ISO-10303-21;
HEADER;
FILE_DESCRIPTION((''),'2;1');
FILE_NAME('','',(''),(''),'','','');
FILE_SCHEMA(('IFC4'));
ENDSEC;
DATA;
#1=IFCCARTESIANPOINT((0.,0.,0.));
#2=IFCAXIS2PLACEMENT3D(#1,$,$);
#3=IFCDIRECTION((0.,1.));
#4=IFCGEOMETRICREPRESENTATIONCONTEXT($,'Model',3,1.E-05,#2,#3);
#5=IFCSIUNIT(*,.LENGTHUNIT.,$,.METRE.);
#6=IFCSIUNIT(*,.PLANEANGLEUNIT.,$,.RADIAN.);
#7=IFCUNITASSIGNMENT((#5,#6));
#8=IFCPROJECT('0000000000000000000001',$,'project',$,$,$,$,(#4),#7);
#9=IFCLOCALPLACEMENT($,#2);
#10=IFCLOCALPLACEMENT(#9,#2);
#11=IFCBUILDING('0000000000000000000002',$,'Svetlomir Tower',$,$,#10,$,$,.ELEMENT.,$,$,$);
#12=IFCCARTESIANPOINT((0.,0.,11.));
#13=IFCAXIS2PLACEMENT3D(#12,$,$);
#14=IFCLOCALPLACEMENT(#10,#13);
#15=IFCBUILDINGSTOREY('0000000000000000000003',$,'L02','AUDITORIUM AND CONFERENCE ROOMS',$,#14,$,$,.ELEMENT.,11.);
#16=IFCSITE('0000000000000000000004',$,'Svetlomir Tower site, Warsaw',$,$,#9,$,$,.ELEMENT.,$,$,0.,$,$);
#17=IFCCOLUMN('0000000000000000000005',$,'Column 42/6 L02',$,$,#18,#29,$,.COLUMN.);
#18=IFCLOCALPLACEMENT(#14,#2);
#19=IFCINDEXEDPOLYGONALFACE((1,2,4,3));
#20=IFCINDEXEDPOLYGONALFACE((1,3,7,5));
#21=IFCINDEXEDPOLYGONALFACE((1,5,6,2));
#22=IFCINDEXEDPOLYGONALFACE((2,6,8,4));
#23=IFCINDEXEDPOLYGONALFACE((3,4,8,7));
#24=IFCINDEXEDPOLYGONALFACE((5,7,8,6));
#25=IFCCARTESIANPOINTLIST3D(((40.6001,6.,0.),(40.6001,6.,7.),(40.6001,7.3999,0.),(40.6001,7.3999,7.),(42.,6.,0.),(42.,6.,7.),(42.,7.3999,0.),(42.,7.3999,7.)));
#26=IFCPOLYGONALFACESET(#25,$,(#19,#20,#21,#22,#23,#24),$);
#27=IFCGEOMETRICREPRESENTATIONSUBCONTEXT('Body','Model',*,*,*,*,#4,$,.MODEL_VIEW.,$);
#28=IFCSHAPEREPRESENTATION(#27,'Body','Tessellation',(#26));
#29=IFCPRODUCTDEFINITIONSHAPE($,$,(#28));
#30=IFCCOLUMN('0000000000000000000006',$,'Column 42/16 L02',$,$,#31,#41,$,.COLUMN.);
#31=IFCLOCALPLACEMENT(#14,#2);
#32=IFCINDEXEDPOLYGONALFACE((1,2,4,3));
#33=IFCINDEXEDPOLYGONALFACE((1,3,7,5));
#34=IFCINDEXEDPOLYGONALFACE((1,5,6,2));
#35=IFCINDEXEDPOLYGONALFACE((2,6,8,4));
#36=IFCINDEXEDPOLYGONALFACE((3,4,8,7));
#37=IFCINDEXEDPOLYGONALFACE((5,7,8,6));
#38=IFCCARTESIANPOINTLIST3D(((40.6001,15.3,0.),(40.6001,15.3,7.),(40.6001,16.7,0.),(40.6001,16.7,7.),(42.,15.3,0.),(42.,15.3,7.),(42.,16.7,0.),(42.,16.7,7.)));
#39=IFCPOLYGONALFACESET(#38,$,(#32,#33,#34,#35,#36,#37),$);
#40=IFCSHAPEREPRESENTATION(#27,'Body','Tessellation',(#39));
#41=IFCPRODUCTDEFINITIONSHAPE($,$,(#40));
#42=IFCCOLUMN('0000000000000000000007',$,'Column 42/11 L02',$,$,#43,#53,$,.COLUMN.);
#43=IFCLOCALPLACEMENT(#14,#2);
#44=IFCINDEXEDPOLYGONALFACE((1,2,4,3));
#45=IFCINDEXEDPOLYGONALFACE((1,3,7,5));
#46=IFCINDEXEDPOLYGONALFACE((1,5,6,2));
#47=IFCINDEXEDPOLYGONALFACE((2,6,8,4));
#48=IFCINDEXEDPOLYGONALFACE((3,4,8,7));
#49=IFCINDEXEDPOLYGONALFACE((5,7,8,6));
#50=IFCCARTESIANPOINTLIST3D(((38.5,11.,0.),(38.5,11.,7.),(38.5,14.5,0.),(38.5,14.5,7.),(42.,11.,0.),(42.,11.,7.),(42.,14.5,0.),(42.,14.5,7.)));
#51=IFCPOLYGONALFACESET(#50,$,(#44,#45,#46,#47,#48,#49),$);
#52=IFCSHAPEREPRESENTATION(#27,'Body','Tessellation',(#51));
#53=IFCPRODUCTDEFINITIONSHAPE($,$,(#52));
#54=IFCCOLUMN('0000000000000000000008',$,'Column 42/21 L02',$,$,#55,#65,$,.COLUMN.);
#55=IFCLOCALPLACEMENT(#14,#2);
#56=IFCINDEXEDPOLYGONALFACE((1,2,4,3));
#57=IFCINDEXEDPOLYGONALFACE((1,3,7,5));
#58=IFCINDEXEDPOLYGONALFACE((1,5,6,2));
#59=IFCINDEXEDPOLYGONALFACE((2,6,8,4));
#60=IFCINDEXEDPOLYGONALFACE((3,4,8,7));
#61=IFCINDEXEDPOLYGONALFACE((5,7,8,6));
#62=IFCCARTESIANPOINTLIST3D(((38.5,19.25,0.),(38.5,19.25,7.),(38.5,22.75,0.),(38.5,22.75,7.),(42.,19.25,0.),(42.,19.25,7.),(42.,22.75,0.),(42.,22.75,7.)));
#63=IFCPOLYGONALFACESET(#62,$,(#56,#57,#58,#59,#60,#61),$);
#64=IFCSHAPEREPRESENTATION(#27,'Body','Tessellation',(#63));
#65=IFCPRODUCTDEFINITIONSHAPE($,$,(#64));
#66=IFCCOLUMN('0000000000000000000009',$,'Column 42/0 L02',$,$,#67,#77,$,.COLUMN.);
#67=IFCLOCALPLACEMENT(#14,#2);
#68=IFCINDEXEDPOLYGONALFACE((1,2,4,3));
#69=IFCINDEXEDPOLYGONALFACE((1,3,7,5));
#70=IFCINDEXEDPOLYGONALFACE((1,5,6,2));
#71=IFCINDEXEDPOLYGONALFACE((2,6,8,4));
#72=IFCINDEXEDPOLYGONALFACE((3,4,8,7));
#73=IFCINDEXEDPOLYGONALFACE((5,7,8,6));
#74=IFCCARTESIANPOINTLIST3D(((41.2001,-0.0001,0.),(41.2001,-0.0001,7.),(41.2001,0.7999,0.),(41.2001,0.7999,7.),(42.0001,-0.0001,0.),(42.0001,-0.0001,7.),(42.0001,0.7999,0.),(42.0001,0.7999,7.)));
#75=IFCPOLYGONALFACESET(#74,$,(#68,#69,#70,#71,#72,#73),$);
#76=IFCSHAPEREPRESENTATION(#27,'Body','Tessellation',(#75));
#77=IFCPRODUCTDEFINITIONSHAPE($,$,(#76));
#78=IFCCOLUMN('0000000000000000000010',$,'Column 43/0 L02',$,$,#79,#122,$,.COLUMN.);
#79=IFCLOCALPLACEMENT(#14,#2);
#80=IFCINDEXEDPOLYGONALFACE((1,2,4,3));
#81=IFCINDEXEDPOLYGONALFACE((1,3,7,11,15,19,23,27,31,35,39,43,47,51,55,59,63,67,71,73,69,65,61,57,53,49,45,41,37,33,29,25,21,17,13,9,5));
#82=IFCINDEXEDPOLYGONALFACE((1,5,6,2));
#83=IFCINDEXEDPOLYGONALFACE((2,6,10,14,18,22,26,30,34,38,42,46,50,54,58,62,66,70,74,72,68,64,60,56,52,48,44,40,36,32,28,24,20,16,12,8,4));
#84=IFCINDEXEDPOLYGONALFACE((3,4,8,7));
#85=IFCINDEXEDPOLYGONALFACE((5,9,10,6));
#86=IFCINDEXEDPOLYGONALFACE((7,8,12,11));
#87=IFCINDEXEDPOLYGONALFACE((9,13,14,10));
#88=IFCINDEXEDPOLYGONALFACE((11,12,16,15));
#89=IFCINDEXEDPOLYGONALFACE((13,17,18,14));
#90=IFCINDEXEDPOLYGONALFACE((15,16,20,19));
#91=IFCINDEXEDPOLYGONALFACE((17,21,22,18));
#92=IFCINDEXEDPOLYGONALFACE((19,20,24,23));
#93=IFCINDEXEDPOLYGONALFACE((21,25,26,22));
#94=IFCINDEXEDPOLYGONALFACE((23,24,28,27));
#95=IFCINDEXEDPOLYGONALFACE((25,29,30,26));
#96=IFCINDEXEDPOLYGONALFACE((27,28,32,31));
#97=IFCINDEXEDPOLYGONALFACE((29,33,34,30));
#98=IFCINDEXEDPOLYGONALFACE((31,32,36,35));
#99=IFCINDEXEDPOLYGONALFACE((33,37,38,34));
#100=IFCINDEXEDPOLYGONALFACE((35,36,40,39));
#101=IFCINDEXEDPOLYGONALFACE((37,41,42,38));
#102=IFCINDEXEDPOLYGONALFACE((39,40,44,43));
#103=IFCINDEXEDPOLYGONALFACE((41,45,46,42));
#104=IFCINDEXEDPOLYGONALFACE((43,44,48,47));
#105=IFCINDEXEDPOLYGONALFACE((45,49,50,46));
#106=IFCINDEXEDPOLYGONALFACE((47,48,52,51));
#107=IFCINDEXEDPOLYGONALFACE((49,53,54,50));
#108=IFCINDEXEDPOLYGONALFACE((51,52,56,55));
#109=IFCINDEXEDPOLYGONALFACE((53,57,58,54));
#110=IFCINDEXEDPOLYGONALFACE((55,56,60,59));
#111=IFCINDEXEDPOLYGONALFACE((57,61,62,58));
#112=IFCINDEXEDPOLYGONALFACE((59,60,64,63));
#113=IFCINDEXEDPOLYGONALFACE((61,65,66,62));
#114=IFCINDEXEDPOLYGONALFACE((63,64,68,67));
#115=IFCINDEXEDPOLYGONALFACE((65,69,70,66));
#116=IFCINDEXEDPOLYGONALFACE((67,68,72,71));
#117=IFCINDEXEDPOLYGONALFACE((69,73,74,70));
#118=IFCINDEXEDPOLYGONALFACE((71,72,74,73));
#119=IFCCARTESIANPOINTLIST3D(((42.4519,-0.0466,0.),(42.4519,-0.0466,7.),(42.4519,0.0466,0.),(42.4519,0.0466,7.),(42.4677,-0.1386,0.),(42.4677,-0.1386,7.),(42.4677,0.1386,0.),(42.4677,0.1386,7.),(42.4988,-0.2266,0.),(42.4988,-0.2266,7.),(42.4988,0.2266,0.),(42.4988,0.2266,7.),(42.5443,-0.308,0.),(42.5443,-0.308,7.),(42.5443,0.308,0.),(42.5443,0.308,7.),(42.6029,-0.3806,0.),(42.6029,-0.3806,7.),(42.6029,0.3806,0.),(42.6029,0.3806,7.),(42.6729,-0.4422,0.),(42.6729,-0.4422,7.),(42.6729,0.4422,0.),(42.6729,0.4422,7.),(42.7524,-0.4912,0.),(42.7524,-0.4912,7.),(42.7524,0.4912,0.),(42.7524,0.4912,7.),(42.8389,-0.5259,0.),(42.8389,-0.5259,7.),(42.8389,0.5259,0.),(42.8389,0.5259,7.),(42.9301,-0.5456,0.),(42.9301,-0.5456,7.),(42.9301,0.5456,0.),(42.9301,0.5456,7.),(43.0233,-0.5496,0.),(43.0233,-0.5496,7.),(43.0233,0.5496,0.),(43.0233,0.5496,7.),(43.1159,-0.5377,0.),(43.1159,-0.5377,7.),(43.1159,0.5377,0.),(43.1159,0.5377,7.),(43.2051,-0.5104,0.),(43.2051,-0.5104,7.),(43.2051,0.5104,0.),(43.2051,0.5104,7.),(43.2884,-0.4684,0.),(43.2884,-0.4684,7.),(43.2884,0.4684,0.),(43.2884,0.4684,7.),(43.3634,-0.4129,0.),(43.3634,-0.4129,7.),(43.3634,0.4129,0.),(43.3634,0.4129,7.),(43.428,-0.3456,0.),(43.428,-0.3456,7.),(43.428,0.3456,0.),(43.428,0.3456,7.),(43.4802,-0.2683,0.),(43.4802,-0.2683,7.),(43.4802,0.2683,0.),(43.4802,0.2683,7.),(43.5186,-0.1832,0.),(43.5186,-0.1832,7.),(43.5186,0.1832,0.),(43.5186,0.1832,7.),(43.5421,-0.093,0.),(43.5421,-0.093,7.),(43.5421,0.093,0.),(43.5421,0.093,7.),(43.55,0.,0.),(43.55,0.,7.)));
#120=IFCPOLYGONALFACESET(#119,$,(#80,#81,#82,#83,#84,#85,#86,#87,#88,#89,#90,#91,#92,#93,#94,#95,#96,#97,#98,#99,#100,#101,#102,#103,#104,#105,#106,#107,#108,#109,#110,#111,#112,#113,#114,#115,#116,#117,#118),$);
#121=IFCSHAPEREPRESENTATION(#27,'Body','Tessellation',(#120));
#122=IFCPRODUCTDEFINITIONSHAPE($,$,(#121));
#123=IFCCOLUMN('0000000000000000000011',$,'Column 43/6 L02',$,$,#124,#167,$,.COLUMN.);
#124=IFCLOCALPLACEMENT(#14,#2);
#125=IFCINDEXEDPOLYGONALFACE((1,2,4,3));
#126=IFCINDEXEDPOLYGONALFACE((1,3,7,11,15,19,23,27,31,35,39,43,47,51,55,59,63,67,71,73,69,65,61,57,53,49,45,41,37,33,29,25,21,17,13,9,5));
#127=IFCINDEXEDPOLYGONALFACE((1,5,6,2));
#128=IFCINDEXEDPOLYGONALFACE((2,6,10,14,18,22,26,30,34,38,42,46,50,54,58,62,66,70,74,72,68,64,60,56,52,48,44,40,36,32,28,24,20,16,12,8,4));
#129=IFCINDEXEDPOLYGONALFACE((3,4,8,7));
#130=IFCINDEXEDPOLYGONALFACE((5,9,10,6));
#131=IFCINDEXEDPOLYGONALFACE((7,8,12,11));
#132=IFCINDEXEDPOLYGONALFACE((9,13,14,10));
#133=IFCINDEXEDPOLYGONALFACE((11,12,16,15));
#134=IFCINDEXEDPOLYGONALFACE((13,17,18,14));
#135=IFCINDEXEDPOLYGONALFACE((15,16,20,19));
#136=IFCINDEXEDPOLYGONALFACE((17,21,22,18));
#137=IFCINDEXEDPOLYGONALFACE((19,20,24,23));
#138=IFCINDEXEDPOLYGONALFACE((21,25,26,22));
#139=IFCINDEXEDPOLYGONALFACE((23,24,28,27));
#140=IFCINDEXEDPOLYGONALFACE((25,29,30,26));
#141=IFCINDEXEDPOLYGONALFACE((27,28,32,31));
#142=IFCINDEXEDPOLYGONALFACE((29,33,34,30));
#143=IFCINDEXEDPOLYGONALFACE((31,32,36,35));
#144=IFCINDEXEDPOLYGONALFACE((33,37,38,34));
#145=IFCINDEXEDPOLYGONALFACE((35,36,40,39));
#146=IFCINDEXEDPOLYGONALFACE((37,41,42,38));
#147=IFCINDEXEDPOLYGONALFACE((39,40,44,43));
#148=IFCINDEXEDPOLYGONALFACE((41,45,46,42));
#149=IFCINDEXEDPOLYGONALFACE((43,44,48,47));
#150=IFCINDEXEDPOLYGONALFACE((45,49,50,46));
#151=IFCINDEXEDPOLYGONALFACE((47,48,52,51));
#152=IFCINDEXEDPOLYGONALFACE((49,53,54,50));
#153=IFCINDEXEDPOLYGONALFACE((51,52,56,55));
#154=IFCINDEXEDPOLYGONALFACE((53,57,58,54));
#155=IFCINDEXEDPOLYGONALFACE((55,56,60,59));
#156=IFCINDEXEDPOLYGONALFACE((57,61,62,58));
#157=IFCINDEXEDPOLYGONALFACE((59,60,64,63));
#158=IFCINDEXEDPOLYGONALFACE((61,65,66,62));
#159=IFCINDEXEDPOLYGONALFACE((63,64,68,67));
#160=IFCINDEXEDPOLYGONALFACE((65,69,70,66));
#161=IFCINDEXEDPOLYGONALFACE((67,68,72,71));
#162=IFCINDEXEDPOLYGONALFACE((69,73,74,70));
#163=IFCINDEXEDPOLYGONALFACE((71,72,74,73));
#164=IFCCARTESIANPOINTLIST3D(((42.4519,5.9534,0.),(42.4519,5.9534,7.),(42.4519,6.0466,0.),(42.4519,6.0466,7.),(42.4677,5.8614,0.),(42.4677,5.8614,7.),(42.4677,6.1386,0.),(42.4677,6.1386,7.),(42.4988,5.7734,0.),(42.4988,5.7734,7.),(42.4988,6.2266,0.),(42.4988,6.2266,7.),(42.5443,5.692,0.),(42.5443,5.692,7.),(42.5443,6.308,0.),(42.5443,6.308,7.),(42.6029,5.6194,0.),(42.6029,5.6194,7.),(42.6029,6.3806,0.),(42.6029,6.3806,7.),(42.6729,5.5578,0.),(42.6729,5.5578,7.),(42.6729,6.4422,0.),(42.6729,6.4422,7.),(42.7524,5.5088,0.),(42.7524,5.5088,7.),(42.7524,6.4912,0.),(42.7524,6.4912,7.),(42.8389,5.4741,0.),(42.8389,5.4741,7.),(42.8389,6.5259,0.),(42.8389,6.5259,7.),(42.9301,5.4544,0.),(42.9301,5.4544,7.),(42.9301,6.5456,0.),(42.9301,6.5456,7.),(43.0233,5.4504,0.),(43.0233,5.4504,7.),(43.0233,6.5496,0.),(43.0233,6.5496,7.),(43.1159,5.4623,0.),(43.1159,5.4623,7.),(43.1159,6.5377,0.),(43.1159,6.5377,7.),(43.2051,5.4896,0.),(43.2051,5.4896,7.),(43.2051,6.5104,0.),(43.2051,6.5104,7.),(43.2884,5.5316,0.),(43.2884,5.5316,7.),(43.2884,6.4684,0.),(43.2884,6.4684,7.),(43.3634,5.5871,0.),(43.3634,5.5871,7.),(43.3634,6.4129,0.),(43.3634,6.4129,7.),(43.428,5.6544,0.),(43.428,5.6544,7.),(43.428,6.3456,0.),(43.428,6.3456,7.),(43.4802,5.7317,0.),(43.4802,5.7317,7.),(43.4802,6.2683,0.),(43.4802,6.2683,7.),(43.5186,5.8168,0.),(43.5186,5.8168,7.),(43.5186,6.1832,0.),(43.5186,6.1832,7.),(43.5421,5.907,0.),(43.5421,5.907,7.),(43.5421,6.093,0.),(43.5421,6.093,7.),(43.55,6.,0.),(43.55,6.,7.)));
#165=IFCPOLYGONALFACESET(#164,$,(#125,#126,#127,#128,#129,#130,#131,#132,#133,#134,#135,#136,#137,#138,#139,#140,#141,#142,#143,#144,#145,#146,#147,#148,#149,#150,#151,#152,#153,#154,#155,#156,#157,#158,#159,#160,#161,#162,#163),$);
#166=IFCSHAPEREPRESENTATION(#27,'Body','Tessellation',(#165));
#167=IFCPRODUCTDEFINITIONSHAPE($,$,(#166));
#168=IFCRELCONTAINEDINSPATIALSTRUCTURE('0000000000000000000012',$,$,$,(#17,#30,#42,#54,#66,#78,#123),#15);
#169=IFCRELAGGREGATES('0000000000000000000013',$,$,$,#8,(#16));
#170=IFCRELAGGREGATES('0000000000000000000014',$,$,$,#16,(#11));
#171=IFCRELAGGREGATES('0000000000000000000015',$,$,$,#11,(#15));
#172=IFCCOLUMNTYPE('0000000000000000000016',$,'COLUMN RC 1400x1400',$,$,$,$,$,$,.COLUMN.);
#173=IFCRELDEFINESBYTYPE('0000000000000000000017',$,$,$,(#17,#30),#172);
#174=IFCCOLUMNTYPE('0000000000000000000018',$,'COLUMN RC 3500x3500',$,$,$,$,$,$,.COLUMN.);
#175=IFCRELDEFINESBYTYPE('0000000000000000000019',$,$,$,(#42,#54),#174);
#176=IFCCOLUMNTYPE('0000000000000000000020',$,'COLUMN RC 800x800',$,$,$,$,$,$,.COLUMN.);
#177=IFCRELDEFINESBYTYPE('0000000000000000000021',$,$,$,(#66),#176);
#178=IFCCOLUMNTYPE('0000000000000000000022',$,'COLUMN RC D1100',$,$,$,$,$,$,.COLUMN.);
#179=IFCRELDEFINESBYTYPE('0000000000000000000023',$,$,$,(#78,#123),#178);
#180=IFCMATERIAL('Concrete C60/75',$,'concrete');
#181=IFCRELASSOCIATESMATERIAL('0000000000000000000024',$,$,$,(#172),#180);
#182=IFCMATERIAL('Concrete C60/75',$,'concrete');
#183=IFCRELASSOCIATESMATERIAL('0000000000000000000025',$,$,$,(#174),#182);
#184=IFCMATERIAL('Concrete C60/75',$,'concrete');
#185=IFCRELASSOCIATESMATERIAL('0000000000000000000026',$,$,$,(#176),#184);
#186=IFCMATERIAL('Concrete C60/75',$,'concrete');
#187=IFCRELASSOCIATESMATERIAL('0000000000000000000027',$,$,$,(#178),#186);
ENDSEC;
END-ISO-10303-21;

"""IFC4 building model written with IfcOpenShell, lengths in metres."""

from ifc_helpers import new_model, si_unit, direction, frame, origin, origin_2d, place, context, subcontext, project, spatial, rectangle, circle, extrude, material, material_profile, profile_set, type_object, element, save


model = new_model("IFC4")

# Units and contexts
model_context = context("Model", 3, precision=1e-05, world=origin(), true_north=direction((0.0, 1.0)))
body_context = subcontext(model_context, "Body", "Model", "MODEL_VIEW")
ifc_project = project(units=[si_unit("LENGTHUNIT", "METRE"), si_unit("PLANEANGLEUNIT", "RADIAN")], contexts=[model_context])

# Site, building, storey
site_placement = place(None, origin())
site = spatial("IfcSite", under=ifc_project, at=site_placement, Name="Svetlomir Tower site, Warsaw", CompositionType="ELEMENT", RefElevation=0.0)
building_placement = place(site_placement, origin())
building = spatial("IfcBuilding", under=site, at=building_placement, Name="Svetlomir Tower", CompositionType="ELEMENT")
storey_placement = place(building_placement, frame((0.0, 0.0, 11.0)))
storey = spatial("IfcBuildingStorey", under=building, at=storey_placement, Name="L02", Description="AUDITORIUM AND CONFERENCE ROOMS", CompositionType="ELEMENT", Elevation=11.0)

# Columns
ifc_material_1 = material(Name="Concrete C60/75", Category="concrete")
ifc_material_profile_1 = material_profile(ifc_material_1, rectangle(XDim=1.3999, YDim=1.3999, at=origin_2d()), Name="RC 1400x1400")
ifc_profile_set_1 = profile_set([ifc_material_profile_1], Name="Concrete C60/75")
column_type_1 = type_object("IfcColumnType", Name="COLUMN RC 1400x1400", PredefinedType="COLUMN", material=ifc_profile_set_1)
for number, where, z_axis, x_axis, name in (
    (1, (41.3, 6.7, 0.0), (0.0, 0.0, 1.0), (1.0, 0.0, 0.0), "Column 42/6 L02"),
    (2, (41.3, 16.0, 0.0), (0.0, 0.0, 1.0), (1.0, 0.0, 0.0), "Column 42/16 L02"),
):
    element("IfcColumn", number, at=place(storey_placement, frame(where, z_axis=z_axis, x_axis=x_axis)), inside=storey, type_object=column_type_1, Name=name, PredefinedType="COLUMN", context=body_context, shape_type="SweptSolid", body=[
        extrude(rectangle(XDim=1.3999, YDim=1.3999, at=origin_2d()), origin(), (0.0, 0.0, 1.0), 7.0),
    ])
ifc_material_2 = material(Name="Concrete C60/75", Category="concrete")
ifc_material_profile_2 = material_profile(ifc_material_2, rectangle(XDim=3.5, YDim=3.5, at=origin_2d()), Name="RC 3500x3500")
ifc_profile_set_2 = profile_set([ifc_material_profile_2], Name="Concrete C60/75")
column_type_2 = type_object("IfcColumnType", Name="COLUMN RC 3500x3500", PredefinedType="COLUMN", material=ifc_profile_set_2)
for number, where, z_axis, x_axis, name in (
    (3, (40.25, 12.75, 0.0), (0.0, 0.0, 1.0), (1.0, 0.0, 0.0), "Column 42/11 L02"),
    (4, (40.25, 21.0, 0.0), (0.0, 0.0, 1.0), (1.0, 0.0, 0.0), "Column 42/21 L02"),
):
    element("IfcColumn", number, at=place(storey_placement, frame(where, z_axis=z_axis, x_axis=x_axis)), inside=storey, type_object=column_type_2, Name=name, PredefinedType="COLUMN", context=body_context, shape_type="SweptSolid", body=[
        extrude(rectangle(XDim=3.5, YDim=3.5, at=origin_2d()), origin(), (0.0, 0.0, 1.0), 7.0),
    ])
ifc_material_3 = material(Name="Concrete C60/75", Category="concrete")
ifc_material_profile_3 = material_profile(ifc_material_3, rectangle(XDim=0.8, YDim=0.8, at=origin_2d()), Name="RC 800x800")
ifc_profile_set_3 = profile_set([ifc_material_profile_3], Name="Concrete C60/75")
column_type_3 = type_object("IfcColumnType", Name="COLUMN RC 800x800", PredefinedType="COLUMN", material=ifc_profile_set_3)
column_placement = place(storey_placement, frame((41.6001, 0.3999, 0.0), z_axis=(0.0, 0.0, 1.0), x_axis=(1.0, 0.0, 0.0)))
element("IfcColumn", 5, at=column_placement, inside=storey, type_object=column_type_3, Name="Column 42/0 L02", PredefinedType="COLUMN", context=body_context, shape_type="SweptSolid", body=[
    extrude(rectangle(XDim=0.8, YDim=0.8, at=origin_2d()), origin(), (0.0, 0.0, 1.0), 7.0),
])
ifc_material_4 = material(Name="Concrete C60/75", Category="concrete")
ifc_material_profile_4 = material_profile(ifc_material_4, circle(Radius=0.55, at=origin_2d()), Name="RC D1100")
ifc_profile_set_4 = profile_set([ifc_material_profile_4], Name="Concrete C60/75")
column_type_4 = type_object("IfcColumnType", Name="COLUMN RC D1100", PredefinedType="COLUMN", material=ifc_profile_set_4)
for number, where, z_axis, x_axis, name in (
    (6, (43.0, 0.0, 0.0), (0.0, 0.0, 1.0), (1.0, 0.0, 0.0), "Column 43/0 L02"),
    (7, (43.0, 6.0, 0.0), (0.0, 0.0, 1.0), (1.0, 0.0, 0.0), "Column 43/6 L02"),
):
    element("IfcColumn", number, at=place(storey_placement, frame(where, z_axis=z_axis, x_axis=x_axis)), inside=storey, type_object=column_type_4, Name=name, PredefinedType="COLUMN", context=body_context, shape_type="SweptSolid", body=[
        extrude(circle(Radius=0.55, at=origin_2d()), origin(), (0.0, 0.0, 1.0), 7.0),
    ])

save(model, "model.ifc")
